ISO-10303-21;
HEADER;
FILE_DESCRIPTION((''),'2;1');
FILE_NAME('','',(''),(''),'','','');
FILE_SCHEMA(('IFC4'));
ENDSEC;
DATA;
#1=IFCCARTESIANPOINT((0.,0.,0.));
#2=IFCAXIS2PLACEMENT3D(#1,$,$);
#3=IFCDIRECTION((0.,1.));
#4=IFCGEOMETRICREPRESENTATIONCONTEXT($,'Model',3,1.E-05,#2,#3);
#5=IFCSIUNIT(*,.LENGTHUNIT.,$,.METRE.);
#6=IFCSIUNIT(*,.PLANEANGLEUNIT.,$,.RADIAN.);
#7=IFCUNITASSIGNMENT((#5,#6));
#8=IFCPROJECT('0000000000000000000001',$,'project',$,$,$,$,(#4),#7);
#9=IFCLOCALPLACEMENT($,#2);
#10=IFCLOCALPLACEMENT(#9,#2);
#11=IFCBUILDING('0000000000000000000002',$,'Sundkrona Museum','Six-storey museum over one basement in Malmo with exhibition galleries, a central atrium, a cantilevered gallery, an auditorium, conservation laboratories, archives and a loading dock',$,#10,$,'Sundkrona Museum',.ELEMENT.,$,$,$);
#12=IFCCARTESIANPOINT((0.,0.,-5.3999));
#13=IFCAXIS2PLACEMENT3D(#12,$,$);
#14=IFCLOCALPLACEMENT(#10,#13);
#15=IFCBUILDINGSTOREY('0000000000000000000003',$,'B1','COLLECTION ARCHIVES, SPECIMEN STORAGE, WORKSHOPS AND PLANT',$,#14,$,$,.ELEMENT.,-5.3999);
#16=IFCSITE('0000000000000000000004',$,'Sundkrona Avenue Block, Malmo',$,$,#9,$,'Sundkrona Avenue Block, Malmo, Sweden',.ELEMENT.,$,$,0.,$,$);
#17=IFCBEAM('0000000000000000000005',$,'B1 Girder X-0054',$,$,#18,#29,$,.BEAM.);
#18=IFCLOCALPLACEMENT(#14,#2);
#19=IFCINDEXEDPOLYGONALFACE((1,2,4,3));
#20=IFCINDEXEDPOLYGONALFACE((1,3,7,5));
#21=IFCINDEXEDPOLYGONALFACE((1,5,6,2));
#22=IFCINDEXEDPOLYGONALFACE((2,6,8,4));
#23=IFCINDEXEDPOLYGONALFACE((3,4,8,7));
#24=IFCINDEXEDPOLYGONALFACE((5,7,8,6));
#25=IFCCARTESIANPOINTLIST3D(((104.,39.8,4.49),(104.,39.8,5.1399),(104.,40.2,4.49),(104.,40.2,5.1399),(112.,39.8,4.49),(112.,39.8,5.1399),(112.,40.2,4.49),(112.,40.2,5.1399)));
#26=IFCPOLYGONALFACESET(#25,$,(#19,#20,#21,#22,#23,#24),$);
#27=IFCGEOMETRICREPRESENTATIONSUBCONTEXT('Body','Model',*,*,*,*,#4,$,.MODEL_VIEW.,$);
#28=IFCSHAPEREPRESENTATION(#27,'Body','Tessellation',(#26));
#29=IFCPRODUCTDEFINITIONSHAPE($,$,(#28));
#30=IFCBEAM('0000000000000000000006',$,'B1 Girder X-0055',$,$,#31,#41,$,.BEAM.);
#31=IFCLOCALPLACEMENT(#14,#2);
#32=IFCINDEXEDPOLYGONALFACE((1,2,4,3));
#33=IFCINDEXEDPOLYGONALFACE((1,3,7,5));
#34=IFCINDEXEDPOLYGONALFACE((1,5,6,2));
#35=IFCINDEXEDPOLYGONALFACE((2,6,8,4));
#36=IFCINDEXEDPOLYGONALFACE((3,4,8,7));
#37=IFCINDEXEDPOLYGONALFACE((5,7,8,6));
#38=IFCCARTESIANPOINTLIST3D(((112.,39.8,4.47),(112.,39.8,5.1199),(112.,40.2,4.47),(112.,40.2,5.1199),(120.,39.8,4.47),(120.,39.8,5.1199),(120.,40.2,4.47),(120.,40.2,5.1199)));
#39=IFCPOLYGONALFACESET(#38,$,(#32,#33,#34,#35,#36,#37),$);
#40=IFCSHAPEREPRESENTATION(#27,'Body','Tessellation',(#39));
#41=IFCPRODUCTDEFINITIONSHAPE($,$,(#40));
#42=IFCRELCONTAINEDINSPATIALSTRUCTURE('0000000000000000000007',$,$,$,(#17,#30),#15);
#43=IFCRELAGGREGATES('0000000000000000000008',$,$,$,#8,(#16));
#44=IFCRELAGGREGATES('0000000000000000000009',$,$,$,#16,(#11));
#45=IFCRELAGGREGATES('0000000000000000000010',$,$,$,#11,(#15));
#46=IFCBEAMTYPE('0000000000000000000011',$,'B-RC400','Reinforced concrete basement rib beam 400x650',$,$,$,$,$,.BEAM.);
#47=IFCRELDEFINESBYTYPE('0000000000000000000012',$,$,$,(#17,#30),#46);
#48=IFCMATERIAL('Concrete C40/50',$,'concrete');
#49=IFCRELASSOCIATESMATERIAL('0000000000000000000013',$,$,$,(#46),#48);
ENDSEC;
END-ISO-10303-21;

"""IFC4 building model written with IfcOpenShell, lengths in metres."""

from ifc_helpers import new_model, si_unit, direction, frame, origin, origin_2d, place, context, subcontext, project, spatial, rectangle, extrude, material, material_profile, profile_set, type_object, element, save


model = new_model("IFC4")

# Units and contexts
model_context = context("Model", 3, precision=1e-05, world=origin(), true_north=direction((0.0, 1.0)))
body_context = subcontext(model_context, "Body", "Model", "MODEL_VIEW")
ifc_project = project(units=[si_unit("LENGTHUNIT", "METRE"), si_unit("PLANEANGLEUNIT", "RADIAN")], contexts=[model_context])

# Site, building, storey
site_placement = place(None, origin())
site = spatial("IfcSite", under=ifc_project, at=site_placement, Name="Sundkrona Avenue Block, Malmo", LongName="Sundkrona Avenue Block, Malmo, Sweden", CompositionType="ELEMENT", RefElevation=0.0)
building_placement = place(site_placement, origin())
building = spatial("IfcBuilding", under=site, at=building_placement, Name="Sundkrona Museum", Description="Six-storey museum over one basement in Malmo with exhibition galleries, a central atrium, a cantilevered gallery, an auditorium, conservation laboratories, archives and a loading dock", LongName="Sundkrona Museum", CompositionType="ELEMENT")
storey_placement = place(building_placement, frame((0.0, 0.0, -5.3999)))
storey = spatial("IfcBuildingStorey", under=building, at=storey_placement, Name="B1", Description="COLLECTION ARCHIVES, SPECIMEN STORAGE, WORKSHOPS AND PLANT", CompositionType="ELEMENT", Elevation=-5.3999)

# Shared definitions
ifc_material = material(Name="Concrete C40/50", Category="concrete")

# Beams
ifc_material_profile_1 = material_profile(ifc_material, rectangle(XDim=0.3999, YDim=0.6499, at=origin_2d()), Name="RCB 400x650")
ifc_profile_set_1 = profile_set([ifc_material_profile_1], Name="Concrete C40/50")
beam_type = type_object("IfcBeamType", Name="B-RC400", Description="Reinforced concrete basement rib beam 400x650", PredefinedType="BEAM", material=ifc_profile_set_1)
for number, where, z_axis, x_axis, name in (
    (1, (104.0, 40.0, 4.8149), (1.0, 0.0, 0.0), (0.0, 1.0, 0.0), "B1 Girder X-0054"),
    (2, (112.0, 40.0, 4.7949), (1.0, 0.0, 0.0), (0.0, 1.0, 0.0), "B1 Girder X-0055"),
):
    element("IfcBeam", number, at=place(storey_placement, frame(where, z_axis=z_axis, x_axis=x_axis)), inside=storey, type_object=beam_type, Name=name, PredefinedType="BEAM", context=body_context, shape_type="SweptSolid", body=[
        extrude(rectangle(XDim=0.3999, YDim=0.6499, at=origin_2d()), origin(), (0.0, 0.0, 1.0), 8.0),
    ])

save(model, "model.ifc")
